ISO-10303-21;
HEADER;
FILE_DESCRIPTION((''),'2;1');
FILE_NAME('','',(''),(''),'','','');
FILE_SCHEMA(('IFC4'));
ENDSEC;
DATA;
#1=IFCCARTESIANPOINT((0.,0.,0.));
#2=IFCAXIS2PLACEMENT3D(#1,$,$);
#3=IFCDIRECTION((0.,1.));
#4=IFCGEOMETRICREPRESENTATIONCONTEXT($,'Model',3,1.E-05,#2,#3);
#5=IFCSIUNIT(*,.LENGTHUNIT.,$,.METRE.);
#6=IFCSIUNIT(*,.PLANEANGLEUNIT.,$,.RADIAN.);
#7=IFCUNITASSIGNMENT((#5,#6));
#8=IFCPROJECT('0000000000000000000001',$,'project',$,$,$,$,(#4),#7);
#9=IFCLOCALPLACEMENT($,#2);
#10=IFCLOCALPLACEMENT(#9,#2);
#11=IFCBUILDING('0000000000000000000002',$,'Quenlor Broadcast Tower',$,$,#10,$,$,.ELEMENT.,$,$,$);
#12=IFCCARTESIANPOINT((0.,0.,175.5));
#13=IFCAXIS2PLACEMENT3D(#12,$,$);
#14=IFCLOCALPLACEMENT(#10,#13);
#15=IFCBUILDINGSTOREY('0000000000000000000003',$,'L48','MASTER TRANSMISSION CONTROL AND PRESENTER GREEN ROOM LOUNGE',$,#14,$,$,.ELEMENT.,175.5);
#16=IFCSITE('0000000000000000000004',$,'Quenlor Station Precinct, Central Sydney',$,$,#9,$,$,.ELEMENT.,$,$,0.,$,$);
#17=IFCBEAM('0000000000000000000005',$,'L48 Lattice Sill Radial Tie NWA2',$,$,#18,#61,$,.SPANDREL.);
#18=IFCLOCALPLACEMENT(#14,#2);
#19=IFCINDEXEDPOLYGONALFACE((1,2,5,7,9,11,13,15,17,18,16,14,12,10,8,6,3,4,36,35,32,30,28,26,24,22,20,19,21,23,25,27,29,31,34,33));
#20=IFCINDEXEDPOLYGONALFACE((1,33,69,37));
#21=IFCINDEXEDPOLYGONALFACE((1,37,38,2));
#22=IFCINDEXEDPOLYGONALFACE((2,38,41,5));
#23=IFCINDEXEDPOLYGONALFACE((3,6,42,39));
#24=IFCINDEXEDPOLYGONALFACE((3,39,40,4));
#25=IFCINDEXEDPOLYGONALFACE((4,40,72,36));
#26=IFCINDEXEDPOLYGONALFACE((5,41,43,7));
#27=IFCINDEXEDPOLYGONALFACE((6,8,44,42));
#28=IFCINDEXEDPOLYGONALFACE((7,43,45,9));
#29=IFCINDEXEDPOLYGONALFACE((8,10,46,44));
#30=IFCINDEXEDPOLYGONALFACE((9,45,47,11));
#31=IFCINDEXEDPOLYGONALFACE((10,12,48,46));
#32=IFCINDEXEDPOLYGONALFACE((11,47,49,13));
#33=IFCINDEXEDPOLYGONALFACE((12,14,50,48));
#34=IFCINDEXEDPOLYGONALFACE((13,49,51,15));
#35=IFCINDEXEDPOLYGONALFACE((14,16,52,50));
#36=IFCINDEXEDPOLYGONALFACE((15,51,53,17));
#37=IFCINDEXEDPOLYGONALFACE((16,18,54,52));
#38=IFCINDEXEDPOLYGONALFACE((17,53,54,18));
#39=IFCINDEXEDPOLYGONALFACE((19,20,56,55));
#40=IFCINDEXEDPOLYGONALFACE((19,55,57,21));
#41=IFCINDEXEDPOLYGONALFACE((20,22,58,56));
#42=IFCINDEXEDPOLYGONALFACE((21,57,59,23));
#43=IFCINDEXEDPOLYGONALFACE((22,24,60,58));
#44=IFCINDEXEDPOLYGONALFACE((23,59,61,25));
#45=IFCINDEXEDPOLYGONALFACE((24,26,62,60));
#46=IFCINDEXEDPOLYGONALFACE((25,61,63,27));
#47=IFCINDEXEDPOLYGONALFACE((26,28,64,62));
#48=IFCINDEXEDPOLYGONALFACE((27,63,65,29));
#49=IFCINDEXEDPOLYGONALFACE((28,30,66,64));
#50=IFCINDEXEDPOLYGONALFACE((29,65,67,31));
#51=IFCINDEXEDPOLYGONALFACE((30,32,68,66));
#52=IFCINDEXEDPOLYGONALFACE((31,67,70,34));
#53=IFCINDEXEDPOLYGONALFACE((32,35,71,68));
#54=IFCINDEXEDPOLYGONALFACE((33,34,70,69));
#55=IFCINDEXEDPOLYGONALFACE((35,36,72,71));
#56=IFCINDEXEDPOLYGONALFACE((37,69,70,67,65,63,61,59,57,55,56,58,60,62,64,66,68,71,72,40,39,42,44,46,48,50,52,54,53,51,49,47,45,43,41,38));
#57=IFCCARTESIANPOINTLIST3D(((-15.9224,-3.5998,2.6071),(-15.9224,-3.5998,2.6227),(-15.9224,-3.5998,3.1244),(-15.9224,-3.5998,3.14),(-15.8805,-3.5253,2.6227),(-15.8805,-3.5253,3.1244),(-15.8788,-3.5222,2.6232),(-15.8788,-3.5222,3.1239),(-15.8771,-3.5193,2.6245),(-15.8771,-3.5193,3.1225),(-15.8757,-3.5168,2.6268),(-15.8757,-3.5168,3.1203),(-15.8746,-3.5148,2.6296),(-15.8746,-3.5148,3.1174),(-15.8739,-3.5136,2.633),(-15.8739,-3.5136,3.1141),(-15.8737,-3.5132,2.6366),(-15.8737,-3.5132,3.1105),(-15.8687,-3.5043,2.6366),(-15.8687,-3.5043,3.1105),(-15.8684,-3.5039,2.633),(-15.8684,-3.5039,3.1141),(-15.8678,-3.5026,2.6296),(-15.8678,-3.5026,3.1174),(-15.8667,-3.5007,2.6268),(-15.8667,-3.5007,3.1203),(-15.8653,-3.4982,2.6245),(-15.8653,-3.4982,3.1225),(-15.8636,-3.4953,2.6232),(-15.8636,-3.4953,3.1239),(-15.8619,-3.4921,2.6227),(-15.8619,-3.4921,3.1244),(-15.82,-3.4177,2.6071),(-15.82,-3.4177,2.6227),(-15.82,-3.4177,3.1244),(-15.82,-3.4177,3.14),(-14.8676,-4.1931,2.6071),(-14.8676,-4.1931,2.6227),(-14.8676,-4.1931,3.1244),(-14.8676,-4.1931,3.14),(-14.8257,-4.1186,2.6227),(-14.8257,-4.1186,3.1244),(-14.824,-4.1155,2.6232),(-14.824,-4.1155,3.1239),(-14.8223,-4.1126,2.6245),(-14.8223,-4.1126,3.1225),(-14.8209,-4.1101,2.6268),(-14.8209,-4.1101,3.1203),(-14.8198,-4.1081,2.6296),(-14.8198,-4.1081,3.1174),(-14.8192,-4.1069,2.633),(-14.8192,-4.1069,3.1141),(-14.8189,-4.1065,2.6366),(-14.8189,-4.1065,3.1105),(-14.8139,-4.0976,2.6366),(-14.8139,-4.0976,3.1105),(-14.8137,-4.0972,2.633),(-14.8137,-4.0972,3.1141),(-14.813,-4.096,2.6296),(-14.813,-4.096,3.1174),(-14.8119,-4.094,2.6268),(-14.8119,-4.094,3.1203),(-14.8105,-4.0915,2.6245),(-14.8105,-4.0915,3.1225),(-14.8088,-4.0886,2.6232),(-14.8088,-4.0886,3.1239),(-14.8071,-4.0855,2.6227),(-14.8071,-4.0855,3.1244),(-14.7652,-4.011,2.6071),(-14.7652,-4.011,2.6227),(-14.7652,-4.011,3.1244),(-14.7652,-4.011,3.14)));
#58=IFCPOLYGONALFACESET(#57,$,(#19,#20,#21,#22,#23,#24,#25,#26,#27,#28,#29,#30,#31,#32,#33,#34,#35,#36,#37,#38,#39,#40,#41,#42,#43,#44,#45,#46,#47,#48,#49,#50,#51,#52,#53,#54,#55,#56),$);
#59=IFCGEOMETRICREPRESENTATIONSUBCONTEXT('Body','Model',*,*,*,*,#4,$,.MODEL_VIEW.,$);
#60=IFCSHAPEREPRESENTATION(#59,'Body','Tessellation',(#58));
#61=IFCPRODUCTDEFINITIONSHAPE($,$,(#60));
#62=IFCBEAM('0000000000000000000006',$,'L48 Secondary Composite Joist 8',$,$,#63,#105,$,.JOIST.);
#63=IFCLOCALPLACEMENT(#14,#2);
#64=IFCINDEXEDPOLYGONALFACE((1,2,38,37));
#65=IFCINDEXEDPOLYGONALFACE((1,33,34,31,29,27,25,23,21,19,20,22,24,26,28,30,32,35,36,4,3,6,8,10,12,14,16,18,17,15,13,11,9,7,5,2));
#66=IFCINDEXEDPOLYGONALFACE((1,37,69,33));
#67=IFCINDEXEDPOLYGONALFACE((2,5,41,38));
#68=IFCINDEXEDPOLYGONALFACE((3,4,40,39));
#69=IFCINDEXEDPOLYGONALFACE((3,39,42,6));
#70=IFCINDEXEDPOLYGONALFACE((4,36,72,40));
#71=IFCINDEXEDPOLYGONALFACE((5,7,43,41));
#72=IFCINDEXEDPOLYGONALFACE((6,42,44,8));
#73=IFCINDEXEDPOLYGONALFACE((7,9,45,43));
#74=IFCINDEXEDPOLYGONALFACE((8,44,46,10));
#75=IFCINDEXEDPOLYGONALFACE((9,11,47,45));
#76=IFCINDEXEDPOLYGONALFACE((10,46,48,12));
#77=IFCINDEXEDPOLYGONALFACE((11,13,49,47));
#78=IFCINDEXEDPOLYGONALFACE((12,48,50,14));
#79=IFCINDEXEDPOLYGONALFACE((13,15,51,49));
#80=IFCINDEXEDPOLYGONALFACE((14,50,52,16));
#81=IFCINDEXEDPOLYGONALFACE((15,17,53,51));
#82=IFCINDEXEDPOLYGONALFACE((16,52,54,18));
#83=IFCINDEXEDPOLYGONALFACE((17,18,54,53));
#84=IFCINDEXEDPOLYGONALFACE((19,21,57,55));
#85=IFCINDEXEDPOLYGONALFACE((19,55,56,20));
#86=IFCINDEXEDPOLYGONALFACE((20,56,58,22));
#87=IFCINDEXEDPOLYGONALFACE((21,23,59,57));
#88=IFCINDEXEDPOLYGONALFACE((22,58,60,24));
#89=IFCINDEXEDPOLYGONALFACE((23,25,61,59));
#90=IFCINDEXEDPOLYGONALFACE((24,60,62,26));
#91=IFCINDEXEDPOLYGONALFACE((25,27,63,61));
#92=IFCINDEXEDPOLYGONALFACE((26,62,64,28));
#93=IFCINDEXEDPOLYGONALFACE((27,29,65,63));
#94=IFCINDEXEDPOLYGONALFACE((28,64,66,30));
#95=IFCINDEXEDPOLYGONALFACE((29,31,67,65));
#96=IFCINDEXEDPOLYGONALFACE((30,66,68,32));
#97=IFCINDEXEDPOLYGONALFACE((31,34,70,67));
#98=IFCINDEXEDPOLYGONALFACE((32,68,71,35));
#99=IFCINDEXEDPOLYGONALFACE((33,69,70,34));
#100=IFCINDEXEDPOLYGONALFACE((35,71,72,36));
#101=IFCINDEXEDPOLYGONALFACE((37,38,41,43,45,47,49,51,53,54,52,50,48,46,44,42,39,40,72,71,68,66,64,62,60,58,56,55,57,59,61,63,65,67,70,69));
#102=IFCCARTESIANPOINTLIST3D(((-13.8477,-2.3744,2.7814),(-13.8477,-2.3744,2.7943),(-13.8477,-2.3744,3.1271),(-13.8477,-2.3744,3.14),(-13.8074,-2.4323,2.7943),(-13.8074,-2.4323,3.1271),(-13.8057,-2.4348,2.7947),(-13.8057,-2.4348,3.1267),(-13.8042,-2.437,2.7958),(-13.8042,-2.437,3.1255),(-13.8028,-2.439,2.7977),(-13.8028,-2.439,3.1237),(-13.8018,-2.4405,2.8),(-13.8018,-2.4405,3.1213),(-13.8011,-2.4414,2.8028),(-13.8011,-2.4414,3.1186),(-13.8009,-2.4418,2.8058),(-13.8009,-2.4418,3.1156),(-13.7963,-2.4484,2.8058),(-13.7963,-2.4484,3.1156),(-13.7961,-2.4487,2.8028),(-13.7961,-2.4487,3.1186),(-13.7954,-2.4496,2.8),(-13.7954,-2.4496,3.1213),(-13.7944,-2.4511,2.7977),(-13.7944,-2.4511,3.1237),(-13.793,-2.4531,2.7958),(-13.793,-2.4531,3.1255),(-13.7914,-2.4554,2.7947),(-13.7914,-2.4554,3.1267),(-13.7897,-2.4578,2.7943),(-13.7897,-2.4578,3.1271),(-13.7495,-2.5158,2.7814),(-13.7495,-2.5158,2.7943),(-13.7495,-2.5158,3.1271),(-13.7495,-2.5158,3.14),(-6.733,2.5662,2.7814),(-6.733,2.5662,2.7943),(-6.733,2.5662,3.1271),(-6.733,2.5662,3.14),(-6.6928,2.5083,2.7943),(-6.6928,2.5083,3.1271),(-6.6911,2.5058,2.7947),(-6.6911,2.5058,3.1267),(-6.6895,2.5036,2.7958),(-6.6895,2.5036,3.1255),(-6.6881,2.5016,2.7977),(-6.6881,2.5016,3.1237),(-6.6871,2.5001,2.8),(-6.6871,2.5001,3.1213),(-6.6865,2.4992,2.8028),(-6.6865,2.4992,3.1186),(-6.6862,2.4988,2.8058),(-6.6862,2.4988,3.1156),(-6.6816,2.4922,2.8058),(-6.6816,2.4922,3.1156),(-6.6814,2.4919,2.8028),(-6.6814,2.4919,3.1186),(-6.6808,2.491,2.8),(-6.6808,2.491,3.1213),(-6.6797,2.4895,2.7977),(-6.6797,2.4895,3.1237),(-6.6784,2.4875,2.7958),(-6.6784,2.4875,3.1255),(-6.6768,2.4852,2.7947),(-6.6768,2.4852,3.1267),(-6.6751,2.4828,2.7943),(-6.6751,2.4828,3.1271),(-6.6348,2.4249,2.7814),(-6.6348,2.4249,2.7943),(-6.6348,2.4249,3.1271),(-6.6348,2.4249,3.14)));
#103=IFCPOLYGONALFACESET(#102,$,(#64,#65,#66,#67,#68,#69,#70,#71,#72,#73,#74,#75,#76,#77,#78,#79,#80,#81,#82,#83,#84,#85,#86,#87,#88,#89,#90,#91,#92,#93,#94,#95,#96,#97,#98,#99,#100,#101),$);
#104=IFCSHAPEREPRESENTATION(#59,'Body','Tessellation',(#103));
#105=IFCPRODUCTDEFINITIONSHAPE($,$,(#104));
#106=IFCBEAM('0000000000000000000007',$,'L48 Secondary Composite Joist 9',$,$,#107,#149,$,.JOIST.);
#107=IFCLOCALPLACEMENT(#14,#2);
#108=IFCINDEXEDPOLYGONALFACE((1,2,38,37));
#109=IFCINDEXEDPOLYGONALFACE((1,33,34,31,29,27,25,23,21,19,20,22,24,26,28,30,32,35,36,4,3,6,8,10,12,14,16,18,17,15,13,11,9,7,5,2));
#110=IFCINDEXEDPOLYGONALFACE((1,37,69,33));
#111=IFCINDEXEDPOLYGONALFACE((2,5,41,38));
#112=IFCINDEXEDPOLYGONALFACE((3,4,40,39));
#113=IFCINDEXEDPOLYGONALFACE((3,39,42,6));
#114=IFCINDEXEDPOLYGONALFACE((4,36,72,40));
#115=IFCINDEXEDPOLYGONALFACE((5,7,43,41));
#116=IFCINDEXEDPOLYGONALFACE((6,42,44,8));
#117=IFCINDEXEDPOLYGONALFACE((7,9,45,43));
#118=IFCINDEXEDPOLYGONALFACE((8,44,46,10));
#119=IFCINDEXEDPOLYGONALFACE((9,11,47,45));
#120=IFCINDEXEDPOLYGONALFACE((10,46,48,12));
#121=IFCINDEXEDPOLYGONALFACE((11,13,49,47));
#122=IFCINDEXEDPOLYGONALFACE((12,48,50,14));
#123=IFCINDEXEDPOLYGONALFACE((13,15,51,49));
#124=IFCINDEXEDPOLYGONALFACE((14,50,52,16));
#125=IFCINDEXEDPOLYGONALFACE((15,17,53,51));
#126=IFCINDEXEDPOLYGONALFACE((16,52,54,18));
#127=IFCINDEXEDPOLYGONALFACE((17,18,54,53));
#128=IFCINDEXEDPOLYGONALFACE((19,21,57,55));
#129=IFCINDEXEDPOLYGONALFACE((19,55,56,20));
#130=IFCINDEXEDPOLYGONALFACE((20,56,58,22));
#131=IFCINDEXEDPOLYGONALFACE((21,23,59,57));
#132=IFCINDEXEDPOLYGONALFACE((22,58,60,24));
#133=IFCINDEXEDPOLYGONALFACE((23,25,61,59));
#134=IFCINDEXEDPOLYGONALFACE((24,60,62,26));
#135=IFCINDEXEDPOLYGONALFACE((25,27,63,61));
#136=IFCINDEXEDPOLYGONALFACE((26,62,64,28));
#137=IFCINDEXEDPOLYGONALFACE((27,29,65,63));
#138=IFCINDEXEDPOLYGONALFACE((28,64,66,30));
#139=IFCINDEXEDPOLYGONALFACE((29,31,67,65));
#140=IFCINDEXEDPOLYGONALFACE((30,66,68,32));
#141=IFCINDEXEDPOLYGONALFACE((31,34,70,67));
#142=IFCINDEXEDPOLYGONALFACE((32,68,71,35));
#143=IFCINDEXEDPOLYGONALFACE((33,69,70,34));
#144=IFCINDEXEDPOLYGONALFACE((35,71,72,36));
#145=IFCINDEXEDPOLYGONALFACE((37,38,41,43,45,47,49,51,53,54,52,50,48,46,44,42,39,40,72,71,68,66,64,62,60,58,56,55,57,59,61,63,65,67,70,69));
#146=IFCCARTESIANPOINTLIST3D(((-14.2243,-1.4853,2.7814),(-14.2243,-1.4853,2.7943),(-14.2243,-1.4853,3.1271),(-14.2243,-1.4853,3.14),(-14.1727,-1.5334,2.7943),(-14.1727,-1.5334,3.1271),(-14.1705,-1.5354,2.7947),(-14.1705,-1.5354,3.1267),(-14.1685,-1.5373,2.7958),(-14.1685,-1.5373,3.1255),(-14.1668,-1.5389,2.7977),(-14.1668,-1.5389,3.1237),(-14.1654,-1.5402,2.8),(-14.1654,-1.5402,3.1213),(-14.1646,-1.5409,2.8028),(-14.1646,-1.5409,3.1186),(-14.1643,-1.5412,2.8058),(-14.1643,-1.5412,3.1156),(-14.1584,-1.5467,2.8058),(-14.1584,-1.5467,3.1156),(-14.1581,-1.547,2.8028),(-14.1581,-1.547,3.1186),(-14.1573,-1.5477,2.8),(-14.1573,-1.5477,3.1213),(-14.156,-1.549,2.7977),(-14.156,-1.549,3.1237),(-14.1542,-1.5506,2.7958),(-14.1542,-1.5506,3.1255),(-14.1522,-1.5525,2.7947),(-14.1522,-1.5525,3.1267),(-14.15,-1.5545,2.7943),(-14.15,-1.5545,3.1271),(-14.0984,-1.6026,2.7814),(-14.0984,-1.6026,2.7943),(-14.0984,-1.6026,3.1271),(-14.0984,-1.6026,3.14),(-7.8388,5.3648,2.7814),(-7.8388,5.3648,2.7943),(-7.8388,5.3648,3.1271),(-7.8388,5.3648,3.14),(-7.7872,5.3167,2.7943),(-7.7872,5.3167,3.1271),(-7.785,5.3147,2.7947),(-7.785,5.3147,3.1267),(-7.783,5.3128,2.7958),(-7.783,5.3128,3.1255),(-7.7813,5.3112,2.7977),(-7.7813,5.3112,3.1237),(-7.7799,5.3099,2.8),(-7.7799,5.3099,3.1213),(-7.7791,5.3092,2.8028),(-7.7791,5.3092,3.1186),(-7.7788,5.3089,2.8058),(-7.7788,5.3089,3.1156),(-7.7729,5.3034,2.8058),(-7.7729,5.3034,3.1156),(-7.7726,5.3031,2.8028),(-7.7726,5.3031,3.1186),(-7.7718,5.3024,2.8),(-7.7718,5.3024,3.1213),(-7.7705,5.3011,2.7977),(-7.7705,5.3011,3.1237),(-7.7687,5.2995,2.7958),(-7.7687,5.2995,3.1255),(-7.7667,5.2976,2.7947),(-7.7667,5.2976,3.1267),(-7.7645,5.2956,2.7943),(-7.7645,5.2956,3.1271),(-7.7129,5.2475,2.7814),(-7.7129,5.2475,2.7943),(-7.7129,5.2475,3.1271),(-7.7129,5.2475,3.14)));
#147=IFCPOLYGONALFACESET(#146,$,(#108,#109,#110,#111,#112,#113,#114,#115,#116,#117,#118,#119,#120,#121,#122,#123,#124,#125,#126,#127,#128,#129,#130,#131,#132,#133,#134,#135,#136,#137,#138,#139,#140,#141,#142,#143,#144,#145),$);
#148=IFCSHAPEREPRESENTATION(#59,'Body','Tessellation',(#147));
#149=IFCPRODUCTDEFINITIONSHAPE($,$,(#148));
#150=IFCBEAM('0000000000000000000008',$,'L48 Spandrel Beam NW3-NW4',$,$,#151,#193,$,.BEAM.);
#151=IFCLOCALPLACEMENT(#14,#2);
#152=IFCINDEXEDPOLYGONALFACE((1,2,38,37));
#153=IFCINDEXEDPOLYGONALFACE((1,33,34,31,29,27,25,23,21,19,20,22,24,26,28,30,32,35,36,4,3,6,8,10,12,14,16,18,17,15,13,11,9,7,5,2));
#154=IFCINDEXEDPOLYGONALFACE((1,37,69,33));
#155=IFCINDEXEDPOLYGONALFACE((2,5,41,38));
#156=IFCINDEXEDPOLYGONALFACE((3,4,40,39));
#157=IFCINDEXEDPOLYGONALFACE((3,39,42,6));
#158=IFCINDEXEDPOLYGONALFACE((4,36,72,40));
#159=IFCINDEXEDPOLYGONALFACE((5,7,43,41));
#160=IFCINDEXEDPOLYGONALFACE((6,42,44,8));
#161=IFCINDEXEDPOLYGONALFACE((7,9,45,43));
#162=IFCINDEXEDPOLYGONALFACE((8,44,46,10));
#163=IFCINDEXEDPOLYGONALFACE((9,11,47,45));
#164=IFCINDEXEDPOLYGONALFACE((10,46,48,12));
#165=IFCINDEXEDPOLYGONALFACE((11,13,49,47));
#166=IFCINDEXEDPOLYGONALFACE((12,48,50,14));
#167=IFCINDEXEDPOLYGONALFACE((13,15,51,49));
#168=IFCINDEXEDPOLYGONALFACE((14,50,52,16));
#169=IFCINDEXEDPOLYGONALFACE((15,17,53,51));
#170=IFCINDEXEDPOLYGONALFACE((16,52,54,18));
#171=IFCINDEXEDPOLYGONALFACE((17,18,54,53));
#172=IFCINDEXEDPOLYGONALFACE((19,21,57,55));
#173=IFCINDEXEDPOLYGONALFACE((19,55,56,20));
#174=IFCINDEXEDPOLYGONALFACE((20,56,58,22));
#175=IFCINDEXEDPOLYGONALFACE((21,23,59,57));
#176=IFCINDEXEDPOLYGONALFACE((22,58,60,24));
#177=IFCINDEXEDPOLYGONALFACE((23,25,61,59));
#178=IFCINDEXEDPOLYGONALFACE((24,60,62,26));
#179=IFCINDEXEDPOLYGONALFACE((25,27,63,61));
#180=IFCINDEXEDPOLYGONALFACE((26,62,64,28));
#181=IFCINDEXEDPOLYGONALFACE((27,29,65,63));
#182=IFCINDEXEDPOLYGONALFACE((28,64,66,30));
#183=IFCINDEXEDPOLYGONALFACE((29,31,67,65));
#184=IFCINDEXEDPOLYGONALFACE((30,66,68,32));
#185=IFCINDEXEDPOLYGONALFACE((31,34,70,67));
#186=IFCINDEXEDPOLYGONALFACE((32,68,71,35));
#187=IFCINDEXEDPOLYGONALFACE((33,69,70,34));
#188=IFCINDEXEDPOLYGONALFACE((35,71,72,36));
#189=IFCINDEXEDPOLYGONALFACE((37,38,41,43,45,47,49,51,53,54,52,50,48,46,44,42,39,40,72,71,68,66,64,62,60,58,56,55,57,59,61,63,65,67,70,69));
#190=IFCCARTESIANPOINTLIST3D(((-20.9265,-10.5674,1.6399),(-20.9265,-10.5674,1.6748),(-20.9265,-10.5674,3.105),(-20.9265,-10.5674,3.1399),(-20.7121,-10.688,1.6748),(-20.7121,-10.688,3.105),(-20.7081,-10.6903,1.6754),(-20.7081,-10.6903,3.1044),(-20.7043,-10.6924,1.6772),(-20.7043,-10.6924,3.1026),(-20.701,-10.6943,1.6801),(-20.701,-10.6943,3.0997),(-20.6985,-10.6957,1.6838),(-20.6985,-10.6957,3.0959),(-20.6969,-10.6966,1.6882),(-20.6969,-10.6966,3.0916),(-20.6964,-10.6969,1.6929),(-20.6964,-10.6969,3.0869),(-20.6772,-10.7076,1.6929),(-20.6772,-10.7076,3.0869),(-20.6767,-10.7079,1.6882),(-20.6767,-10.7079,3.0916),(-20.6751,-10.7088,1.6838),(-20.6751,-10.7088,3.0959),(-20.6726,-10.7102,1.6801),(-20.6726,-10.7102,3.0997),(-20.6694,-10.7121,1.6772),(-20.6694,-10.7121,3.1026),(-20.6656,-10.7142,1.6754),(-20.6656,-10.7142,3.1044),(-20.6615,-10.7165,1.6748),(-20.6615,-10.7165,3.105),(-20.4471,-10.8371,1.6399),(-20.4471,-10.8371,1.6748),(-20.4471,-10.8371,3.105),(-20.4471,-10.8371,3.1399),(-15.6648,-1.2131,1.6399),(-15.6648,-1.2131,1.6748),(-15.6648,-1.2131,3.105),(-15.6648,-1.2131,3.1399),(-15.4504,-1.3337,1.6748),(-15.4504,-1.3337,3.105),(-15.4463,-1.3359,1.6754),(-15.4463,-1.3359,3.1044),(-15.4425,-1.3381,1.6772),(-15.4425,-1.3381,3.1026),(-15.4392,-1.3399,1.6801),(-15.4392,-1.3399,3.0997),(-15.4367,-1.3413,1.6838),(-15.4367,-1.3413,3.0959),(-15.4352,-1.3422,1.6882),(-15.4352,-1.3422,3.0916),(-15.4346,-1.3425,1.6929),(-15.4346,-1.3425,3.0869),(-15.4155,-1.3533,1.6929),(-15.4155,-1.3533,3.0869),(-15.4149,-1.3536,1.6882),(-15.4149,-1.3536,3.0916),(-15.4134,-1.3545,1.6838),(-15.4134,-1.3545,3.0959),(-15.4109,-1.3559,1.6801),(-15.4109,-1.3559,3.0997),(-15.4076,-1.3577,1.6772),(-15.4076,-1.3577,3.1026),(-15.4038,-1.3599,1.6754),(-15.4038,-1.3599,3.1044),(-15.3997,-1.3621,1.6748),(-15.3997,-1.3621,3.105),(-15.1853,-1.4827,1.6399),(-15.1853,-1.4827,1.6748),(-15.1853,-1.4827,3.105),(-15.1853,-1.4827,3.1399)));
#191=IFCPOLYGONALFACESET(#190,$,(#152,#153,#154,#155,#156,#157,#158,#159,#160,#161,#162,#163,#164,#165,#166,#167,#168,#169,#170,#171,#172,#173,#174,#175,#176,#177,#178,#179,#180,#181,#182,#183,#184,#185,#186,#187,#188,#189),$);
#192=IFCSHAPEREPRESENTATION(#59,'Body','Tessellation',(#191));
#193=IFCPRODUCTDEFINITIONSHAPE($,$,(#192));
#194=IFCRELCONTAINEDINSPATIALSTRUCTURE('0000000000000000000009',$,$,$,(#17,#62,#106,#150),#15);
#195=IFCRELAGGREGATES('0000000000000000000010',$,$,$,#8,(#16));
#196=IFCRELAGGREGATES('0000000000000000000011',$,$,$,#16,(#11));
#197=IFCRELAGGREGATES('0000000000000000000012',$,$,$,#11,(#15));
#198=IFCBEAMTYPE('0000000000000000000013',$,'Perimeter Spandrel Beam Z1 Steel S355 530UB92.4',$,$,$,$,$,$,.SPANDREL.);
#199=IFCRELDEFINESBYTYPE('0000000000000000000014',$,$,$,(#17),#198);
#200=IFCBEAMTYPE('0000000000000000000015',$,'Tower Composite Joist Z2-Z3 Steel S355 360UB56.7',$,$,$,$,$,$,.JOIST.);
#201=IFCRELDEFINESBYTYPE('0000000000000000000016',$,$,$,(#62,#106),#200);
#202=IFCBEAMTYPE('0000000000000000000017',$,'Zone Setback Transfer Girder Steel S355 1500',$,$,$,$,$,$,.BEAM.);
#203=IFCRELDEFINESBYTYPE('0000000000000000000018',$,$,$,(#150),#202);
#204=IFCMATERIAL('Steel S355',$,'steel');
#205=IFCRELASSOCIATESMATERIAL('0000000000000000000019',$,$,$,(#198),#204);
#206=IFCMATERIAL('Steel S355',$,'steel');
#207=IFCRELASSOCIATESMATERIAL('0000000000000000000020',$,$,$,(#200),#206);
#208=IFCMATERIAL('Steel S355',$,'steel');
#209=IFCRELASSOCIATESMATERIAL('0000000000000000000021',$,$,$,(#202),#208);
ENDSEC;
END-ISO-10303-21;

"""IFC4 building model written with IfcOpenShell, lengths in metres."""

from ifc_helpers import new_model, si_unit, direction, frame, origin, origin_2d, place, context, subcontext, project, spatial, i_section, extrude, material, material_profile, profile_set, type_object, element, save


model = new_model("IFC4")

# Units and contexts
model_context = context("Model", 3, precision=1e-05, world=origin(), true_north=direction((0.0, 1.0)))
body_context = subcontext(model_context, "Body", "Model", "MODEL_VIEW")
ifc_project = project(units=[si_unit("LENGTHUNIT", "METRE"), si_unit("PLANEANGLEUNIT", "RADIAN")], contexts=[model_context])

# Site, building, storey
site_placement = place(None, origin())
site = spatial("IfcSite", under=ifc_project, at=site_placement, Name="Quenlor Station Precinct, Central Sydney", CompositionType="ELEMENT", RefElevation=0.0)
building_placement = place(site_placement, origin())
building = spatial("IfcBuilding", under=site, at=building_placement, Name="Quenlor Broadcast Tower", CompositionType="ELEMENT")
storey_placement = place(building_placement, frame((0.0, 0.0, 175.5)))
storey = spatial("IfcBuildingStorey", under=building, at=storey_placement, Name="L48", Description="MASTER TRANSMISSION CONTROL AND PRESENTER GREEN ROOM LOUNGE", CompositionType="ELEMENT", Elevation=175.5)

# Beams
ifc_material_1 = material(Name="Steel S355", Category="steel")
ifc_material_profile_1 = material_profile(ifc_material_1, i_section(OverallWidth=0.209, OverallDepth=0.533, WebThickness=0.0103, FlangeThickness=0.0156, FilletRadius=0.0139, at=origin_2d()))
ifc_profile_set_1 = profile_set([ifc_material_profile_1], Name="Steel S355 530UB92.4")
beam_type_1 = type_object("IfcBeamType", Name="Perimeter Spandrel Beam Z1 Steel S355 530UB92.4", PredefinedType="SPANDREL", material=ifc_profile_set_1)
beam_1_placement = place(storey_placement, frame((-14.8164, -4.1021, 2.8735), z_axis=(-0.871576, 0.490261, 0.0), x_axis=(-0.490261, -0.871576, 0.0)))
element("IfcBeam", 1, at=beam_1_placement, inside=storey, type_object=beam_type_1, Name="L48 Lattice Sill Radial Tie NWA2", PredefinedType="SPANDREL", context=body_context, shape_type="SweptSolid", body=[
    extrude(i_section(OverallWidth=0.209, OverallDepth=0.533, WebThickness=0.0103, FlangeThickness=0.0156, FilletRadius=0.0139, at=origin_2d()), origin(), (0.0, 0.0, 1.0), 1.2102),
])
ifc_material_2 = material(Name="Steel S355", Category="steel")
ifc_material_profile_2 = material_profile(ifc_material_2, i_section(OverallWidth=0.1721, OverallDepth=0.3586, WebThickness=0.0081, FlangeThickness=0.0129, FilletRadius=0.0115, at=origin_2d()))
ifc_profile_set_2 = profile_set([ifc_material_profile_2], Name="Steel S355 360UB56.7")
beam_type_2 = type_object("IfcBeamType", Name="Tower Composite Joist Z2-Z3 Steel S355 360UB56.7", PredefinedType="JOIST", material=ifc_profile_set_2)
beam_2_placement = place(storey_placement, frame((-13.7986, -2.4451, 2.9607), z_axis=(0.821377, 0.570386, 0.0), x_axis=(-0.570386, 0.821377, 0.0)))
element("IfcBeam", 2, at=beam_2_placement, inside=storey, type_object=beam_type_2, Name="L48 Secondary Composite Joist 8", PredefinedType="JOIST", context=body_context, shape_type="SweptSolid", body=[
    extrude(i_section(OverallWidth=0.1721, OverallDepth=0.3586, WebThickness=0.0081, FlangeThickness=0.0129, FilletRadius=0.0115, at=origin_2d()), origin(), (0.0, 0.0, 1.0), 8.6619),
])
beam_3_placement = place(storey_placement, frame((-14.1614, -1.5439, 2.9607), z_axis=(0.681866, 0.731477, 0.0), x_axis=(-0.731477, 0.681866, 0.0)))
element("IfcBeam", 3, at=beam_3_placement, inside=storey, type_object=beam_type_2, Name="L48 Secondary Composite Joist 9", PredefinedType="JOIST", context=body_context, shape_type="SweptSolid", body=[
    extrude(i_section(OverallWidth=0.1721, OverallDepth=0.3586, WebThickness=0.0081, FlangeThickness=0.0129, FilletRadius=0.0115, at=origin_2d()), origin(), (0.0, 0.0, 1.0), 9.3647),
])
ifc_material_3 = material(Name="Steel S355", Category="steel")
ifc_material_profile_3 = material_profile(ifc_material_3, i_section(OverallWidth=0.55, OverallDepth=1.5, WebThickness=0.022, FlangeThickness=0.0349, FilletRadius=0.0181, at=origin_2d()))
ifc_profile_set_3 = profile_set([ifc_material_profile_3], Name="Steel S355 1500TG510")
beam_type_3 = type_object("IfcBeamType", Name="Zone Setback Transfer Girder Steel S355 1500", PredefinedType="BEAM", material=ifc_profile_set_3)
beam_4_placement = place(storey_placement, frame((-15.425, -1.3479, 2.3899), z_axis=(-0.490258, -0.871577, 0.0), x_axis=(0.871577, -0.490258, 0.0)))
element("IfcBeam", 4, at=beam_4_placement, inside=storey, type_object=beam_type_3, Name="L48 Spandrel Beam NW3-NW4", PredefinedType="BEAM", context=body_context, shape_type="SweptSolid", body=[
    extrude(i_section(OverallWidth=0.55, OverallDepth=1.5, WebThickness=0.022, FlangeThickness=0.0349, FilletRadius=0.0181, at=origin_2d()), origin(), (0.0, 0.0, 1.0), 10.7327),
])

save(model, "model.ifc")
